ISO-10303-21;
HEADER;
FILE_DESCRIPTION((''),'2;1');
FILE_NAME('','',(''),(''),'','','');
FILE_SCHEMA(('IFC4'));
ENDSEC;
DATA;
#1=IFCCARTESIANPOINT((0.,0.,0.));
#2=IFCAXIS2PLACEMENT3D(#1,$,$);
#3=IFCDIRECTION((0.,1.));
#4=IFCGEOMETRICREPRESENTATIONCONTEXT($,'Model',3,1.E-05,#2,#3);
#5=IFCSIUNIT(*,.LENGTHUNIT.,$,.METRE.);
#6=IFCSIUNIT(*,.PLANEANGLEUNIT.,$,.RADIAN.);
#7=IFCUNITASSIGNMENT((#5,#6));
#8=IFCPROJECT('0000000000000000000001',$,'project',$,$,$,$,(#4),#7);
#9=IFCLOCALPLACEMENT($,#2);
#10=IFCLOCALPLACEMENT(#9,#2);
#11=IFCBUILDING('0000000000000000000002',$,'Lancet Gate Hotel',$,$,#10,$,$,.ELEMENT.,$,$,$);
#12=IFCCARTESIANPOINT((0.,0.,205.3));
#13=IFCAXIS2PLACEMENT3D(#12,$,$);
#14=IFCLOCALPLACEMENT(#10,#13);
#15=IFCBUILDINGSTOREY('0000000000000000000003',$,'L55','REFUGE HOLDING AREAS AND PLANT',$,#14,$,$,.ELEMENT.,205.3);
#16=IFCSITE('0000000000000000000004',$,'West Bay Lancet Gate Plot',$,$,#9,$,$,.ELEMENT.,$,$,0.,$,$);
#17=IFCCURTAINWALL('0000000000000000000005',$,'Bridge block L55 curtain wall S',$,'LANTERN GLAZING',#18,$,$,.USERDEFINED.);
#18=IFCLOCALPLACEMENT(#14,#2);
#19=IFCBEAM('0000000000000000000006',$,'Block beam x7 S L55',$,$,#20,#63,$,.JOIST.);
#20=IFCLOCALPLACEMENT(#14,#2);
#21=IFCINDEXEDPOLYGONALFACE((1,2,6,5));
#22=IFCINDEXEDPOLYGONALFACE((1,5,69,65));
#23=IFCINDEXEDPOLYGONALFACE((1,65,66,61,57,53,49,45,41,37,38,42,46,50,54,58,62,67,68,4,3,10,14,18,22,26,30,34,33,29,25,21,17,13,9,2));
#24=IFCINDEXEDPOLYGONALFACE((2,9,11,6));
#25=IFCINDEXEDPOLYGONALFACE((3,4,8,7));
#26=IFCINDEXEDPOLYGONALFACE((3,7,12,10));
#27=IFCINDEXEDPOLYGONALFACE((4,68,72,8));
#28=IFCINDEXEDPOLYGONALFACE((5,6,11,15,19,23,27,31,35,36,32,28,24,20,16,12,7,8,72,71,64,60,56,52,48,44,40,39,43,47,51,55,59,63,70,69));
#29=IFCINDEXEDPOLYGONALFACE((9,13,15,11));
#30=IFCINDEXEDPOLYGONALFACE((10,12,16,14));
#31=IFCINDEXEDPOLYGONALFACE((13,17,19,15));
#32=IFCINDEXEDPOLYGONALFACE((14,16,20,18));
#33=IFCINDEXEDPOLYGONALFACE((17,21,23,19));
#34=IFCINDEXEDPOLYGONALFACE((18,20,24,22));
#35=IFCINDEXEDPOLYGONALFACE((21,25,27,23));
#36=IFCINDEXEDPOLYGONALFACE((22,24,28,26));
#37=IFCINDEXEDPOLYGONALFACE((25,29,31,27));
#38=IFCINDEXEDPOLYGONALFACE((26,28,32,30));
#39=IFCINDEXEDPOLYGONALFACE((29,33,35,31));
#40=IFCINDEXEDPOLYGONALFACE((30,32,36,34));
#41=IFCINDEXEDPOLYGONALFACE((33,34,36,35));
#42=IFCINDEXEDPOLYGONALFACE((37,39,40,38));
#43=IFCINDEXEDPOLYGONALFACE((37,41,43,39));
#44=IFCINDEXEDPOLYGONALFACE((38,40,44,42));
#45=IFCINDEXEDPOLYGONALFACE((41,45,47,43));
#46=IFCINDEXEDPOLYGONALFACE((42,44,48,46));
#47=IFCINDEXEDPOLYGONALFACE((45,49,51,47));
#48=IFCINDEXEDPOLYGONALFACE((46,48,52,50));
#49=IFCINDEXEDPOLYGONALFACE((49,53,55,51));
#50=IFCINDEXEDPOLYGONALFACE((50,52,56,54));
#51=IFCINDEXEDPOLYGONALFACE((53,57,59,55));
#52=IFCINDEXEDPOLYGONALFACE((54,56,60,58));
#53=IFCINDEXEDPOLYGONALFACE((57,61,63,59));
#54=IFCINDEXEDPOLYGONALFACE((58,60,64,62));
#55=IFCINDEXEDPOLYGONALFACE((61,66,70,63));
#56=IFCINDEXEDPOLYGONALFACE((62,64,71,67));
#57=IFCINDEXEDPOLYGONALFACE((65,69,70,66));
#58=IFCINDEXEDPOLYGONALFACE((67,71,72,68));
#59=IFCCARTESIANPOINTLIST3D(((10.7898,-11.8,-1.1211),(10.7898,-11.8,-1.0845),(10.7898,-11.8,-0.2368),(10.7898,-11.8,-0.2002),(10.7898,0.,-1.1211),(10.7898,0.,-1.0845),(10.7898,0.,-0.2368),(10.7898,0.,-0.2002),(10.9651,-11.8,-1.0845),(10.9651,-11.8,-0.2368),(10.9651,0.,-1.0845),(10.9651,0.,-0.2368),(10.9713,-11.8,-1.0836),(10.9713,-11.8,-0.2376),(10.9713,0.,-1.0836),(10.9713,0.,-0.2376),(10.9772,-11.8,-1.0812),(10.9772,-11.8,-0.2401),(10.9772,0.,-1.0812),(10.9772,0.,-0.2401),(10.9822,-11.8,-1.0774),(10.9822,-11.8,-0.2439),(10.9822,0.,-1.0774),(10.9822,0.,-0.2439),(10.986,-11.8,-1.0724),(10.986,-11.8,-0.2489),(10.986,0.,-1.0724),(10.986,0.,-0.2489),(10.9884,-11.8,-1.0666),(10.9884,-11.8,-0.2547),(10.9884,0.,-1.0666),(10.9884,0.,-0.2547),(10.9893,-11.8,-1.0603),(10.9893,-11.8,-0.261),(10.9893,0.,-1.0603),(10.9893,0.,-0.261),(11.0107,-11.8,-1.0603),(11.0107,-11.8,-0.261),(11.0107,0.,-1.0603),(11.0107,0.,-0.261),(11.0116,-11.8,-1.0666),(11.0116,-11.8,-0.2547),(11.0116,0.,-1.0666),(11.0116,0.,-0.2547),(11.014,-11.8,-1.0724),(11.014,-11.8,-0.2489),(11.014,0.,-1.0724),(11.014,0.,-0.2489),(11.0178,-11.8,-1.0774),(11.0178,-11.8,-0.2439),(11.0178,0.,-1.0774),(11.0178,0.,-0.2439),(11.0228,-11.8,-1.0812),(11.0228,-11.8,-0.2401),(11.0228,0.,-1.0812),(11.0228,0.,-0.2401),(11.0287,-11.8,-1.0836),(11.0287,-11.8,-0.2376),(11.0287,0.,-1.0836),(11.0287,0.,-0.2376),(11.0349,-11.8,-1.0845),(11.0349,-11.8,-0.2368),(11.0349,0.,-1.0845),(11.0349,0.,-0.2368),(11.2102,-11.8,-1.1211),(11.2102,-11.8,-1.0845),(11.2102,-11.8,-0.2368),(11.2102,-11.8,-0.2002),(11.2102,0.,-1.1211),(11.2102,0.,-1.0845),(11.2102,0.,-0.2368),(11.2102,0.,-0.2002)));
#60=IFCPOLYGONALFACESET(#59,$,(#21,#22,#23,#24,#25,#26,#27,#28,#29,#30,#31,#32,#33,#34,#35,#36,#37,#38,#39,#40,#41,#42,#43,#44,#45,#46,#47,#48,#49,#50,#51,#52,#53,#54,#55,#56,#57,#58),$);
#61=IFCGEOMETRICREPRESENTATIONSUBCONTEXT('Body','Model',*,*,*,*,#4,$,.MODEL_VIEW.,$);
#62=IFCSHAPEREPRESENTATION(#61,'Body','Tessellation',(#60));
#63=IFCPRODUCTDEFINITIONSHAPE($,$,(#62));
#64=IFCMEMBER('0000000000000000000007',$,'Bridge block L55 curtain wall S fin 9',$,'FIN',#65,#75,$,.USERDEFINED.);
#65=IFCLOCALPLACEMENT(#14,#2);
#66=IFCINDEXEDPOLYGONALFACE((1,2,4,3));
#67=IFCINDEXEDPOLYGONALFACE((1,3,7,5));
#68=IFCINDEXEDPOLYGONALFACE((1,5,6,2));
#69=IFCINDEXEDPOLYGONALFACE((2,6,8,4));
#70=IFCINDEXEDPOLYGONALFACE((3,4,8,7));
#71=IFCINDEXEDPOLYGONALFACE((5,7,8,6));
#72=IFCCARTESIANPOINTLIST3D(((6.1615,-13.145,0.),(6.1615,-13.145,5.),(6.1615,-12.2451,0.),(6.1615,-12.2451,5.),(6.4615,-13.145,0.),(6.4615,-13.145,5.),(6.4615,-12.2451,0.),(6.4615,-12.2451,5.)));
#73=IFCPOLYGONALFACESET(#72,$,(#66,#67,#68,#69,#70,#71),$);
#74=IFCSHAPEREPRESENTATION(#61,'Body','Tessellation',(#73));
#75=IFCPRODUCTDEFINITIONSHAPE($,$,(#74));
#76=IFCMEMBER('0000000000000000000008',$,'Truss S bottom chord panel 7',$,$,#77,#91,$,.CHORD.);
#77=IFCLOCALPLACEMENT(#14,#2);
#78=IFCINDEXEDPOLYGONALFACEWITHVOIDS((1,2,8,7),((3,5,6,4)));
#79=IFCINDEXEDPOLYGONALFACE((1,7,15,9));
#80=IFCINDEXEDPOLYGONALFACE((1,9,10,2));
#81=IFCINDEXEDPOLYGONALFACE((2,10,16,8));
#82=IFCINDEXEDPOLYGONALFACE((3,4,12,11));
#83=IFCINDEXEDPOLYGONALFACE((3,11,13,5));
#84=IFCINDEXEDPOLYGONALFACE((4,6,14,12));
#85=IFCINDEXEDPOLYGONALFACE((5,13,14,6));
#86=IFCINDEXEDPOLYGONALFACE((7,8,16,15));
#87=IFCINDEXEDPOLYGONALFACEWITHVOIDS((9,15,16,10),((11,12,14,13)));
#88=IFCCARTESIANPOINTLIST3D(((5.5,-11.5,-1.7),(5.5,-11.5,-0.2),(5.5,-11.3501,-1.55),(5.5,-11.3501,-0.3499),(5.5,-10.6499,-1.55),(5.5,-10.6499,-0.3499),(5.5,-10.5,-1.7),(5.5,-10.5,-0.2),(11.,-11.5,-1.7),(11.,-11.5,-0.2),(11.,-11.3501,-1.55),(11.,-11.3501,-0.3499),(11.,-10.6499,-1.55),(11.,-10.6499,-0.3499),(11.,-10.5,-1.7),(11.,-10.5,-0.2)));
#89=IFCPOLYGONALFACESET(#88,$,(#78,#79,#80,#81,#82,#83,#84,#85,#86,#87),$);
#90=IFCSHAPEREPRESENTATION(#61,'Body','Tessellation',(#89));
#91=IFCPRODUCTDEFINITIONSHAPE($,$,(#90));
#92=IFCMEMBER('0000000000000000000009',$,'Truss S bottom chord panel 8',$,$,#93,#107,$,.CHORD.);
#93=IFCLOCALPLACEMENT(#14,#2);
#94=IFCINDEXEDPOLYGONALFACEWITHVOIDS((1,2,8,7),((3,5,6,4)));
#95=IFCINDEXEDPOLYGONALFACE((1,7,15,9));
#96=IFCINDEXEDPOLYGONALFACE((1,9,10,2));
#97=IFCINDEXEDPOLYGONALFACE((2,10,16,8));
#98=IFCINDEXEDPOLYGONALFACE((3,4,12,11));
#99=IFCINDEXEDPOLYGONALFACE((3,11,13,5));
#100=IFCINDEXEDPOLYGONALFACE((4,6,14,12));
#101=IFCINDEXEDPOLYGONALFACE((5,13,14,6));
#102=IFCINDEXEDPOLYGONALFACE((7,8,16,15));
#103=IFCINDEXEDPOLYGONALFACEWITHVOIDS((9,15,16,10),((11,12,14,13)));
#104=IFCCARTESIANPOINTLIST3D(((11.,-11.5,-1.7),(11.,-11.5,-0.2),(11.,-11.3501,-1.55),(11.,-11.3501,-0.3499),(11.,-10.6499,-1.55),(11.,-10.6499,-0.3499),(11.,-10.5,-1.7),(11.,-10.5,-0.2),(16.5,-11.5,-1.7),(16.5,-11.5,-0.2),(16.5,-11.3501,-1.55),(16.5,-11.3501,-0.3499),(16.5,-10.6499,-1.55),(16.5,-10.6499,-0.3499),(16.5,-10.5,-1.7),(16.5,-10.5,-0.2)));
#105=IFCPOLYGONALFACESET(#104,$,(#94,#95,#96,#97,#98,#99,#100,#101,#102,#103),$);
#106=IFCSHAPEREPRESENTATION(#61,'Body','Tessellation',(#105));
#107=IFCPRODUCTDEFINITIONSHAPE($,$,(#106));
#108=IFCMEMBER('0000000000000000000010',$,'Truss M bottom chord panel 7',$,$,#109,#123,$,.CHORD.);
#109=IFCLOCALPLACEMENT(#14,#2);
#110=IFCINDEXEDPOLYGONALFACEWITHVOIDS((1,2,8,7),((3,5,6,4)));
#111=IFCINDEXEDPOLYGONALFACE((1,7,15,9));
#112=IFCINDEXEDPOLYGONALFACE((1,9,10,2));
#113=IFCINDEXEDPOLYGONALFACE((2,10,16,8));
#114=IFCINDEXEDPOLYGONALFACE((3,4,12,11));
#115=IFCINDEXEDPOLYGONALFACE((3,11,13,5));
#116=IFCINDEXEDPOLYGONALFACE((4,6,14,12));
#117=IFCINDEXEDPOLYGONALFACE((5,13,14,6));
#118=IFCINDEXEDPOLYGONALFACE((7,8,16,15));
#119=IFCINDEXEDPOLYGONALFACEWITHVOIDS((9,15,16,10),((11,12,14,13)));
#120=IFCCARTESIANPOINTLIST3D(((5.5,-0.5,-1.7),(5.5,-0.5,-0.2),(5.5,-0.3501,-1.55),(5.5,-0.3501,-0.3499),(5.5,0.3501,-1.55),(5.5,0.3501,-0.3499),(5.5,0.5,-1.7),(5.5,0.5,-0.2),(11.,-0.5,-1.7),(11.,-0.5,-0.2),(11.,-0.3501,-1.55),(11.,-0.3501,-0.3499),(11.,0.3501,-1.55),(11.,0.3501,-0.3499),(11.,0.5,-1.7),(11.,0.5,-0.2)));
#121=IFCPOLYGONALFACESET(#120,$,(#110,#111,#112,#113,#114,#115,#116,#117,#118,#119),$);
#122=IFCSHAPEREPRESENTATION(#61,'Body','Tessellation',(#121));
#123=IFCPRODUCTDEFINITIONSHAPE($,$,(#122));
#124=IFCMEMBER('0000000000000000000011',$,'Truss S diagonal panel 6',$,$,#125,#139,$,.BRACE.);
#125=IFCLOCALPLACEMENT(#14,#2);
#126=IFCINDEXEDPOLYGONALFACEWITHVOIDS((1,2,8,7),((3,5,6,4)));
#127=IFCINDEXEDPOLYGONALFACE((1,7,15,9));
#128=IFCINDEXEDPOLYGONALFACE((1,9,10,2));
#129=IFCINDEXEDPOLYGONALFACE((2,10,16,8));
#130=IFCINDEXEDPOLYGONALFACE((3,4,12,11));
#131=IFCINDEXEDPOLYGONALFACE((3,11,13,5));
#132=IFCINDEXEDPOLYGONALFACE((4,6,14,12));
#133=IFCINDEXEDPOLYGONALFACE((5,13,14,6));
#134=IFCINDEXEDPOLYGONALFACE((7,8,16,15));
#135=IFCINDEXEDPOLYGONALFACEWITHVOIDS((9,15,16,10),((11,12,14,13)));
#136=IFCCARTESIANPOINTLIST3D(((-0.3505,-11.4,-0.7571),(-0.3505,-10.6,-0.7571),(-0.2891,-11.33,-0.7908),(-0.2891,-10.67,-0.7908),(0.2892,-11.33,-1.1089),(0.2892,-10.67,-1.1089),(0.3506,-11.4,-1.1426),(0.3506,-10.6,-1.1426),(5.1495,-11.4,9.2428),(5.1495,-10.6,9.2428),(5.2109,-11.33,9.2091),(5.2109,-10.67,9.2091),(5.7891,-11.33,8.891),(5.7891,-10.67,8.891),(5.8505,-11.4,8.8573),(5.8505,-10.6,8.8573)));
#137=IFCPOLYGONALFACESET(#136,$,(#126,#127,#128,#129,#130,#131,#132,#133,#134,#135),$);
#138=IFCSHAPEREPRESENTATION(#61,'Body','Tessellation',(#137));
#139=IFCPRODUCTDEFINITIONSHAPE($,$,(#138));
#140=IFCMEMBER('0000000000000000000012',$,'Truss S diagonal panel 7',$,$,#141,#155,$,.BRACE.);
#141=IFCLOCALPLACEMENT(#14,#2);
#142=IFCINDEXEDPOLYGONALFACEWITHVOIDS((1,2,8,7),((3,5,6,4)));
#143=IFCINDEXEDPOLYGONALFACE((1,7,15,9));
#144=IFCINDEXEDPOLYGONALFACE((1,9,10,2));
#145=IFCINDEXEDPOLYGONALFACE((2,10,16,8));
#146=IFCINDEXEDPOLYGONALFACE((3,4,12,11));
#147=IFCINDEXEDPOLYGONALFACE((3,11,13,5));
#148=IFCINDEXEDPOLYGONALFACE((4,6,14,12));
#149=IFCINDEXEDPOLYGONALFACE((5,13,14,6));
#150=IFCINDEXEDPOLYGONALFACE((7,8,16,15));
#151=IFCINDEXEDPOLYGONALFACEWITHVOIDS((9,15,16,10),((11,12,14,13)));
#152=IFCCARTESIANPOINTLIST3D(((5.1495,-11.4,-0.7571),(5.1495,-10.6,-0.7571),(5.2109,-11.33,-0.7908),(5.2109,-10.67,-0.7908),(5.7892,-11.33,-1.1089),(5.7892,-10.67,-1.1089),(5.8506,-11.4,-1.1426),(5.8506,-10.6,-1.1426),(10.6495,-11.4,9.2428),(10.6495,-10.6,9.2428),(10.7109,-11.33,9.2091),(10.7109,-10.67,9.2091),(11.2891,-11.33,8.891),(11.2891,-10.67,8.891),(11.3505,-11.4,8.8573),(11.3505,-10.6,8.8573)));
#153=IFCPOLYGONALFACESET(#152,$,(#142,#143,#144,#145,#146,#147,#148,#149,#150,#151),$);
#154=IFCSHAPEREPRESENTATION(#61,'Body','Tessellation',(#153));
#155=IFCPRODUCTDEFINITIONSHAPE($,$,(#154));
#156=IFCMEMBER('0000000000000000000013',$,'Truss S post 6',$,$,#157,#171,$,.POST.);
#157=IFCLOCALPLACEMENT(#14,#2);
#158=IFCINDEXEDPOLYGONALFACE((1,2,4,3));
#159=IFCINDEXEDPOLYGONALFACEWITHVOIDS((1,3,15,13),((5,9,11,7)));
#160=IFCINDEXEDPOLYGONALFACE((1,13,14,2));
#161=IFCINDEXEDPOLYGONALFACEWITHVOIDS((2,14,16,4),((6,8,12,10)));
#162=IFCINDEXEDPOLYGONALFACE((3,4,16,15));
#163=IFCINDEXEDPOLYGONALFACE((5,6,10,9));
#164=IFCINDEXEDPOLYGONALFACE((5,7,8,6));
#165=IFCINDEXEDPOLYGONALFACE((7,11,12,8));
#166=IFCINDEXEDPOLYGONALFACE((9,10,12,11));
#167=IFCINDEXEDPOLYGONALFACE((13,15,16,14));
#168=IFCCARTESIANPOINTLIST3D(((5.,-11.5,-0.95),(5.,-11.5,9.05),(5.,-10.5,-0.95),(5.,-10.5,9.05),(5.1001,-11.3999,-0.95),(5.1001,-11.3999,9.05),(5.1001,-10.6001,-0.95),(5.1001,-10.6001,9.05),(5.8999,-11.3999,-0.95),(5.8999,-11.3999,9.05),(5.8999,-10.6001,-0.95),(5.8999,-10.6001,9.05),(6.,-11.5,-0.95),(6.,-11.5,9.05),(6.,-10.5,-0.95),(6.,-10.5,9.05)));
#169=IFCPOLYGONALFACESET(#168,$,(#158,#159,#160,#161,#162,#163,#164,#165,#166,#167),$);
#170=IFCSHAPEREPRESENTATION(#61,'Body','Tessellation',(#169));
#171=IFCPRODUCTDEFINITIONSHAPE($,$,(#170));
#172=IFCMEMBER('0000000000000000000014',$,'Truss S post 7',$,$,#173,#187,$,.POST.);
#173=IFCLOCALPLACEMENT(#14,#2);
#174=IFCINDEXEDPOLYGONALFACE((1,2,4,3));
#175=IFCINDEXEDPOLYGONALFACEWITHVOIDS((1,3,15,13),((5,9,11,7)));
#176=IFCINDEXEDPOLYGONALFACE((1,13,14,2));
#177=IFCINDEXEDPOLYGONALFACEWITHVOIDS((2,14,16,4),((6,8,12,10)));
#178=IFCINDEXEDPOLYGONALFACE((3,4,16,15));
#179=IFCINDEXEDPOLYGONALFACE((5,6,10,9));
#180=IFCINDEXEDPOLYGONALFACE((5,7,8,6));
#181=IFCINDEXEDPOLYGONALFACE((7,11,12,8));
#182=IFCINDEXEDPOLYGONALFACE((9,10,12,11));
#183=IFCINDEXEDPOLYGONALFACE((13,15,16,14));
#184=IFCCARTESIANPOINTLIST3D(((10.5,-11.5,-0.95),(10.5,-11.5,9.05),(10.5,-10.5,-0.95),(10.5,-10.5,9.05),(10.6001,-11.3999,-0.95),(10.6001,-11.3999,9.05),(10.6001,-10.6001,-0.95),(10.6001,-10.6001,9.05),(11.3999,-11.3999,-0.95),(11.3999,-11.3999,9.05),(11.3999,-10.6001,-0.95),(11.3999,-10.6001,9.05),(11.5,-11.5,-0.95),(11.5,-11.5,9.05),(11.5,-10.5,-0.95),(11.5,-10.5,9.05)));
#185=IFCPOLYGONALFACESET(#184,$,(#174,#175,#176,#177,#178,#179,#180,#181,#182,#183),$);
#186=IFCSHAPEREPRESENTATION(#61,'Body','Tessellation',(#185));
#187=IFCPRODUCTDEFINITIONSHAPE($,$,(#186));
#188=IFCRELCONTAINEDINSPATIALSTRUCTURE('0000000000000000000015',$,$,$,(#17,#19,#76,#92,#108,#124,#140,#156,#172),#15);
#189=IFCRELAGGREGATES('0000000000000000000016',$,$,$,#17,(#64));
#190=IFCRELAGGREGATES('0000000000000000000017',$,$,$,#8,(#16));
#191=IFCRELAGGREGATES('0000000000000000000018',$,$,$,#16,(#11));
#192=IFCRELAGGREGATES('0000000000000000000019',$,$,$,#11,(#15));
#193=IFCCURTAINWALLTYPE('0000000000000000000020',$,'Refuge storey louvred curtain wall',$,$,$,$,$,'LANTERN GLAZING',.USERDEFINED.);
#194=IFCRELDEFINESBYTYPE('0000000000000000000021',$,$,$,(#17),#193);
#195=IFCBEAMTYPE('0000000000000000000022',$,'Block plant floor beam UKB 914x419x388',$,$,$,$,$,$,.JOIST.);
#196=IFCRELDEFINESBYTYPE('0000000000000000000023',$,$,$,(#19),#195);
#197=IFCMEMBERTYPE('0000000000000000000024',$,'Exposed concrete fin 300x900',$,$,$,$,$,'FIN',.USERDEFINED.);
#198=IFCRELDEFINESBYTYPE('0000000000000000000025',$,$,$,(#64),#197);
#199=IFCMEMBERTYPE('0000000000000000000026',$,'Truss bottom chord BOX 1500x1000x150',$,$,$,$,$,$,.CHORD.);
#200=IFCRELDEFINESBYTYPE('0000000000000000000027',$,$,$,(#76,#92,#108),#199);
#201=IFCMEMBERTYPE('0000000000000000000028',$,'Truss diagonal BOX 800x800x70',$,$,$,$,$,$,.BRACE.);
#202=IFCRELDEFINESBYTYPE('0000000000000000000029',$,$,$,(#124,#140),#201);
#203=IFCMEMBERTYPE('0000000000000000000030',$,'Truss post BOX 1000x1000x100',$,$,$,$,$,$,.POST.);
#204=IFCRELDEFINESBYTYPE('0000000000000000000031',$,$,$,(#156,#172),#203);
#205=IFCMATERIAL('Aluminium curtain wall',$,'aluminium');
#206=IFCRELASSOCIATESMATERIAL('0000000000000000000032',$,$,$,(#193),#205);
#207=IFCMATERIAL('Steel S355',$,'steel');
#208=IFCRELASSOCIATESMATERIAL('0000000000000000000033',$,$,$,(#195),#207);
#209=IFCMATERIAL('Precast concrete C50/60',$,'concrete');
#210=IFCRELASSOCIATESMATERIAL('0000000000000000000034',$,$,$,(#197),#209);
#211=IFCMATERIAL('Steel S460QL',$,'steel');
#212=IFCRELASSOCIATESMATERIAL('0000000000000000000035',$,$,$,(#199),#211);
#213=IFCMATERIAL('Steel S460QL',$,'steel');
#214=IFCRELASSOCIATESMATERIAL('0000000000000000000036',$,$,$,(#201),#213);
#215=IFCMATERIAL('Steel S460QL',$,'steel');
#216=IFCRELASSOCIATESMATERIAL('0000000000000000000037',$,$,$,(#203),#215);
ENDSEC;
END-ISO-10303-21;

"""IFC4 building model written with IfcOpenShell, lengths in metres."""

from ifc_helpers import new_model, si_unit, direction, frame, origin, origin_2d, place, context, subcontext, project, spatial, rectangle, hollow_rectangle, i_section, extrude, material, material_profile, profile_set, type_object, element, aggregate, save


model = new_model("IFC4")

# Units and contexts
model_context = context("Model", 3, precision=1e-05, world=origin(), true_north=direction((0.0, 1.0)))
body_context = subcontext(model_context, "Body", "Model", "MODEL_VIEW")
ifc_project = project(units=[si_unit("LENGTHUNIT", "METRE"), si_unit("PLANEANGLEUNIT", "RADIAN")], contexts=[model_context])

# Site, building, storey
site_placement = place(None, origin())
site = spatial("IfcSite", under=ifc_project, at=site_placement, Name="West Bay Lancet Gate Plot", CompositionType="ELEMENT", RefElevation=0.0)
building_placement = place(site_placement, origin())
building = spatial("IfcBuilding", under=site, at=building_placement, Name="Lancet Gate Hotel", CompositionType="ELEMENT")
storey_placement = place(building_placement, frame((0.0, 0.0, 205.3)))
storey = spatial("IfcBuildingStorey", under=building, at=storey_placement, Name="L55", Description="REFUGE HOLDING AREAS AND PLANT", CompositionType="ELEMENT", Elevation=205.3)

# Curtain wall
ifc_material_1 = material(Name="Aluminium curtain wall", Category="aluminium")
curtain_wall_type = type_object("IfcCurtainWallType", Name="Refuge storey louvred curtain wall", ElementType="LANTERN GLAZING", PredefinedType="USERDEFINED", material=ifc_material_1)
curtain_wall_placement = place(storey_placement, origin())
curtain_wall = element("IfcCurtainWall", 1, at=curtain_wall_placement, inside=storey, type_object=curtain_wall_type, Name="Bridge block L55 curtain wall S", ObjectType="LANTERN GLAZING", PredefinedType="USERDEFINED")

# Beam
ifc_material_2 = material(Name="Steel S355", Category="steel")
ifc_material_profile_1 = material_profile(ifc_material_2, i_section(OverallWidth=0.4204, OverallDepth=0.9209, WebThickness=0.0215, FlangeThickness=0.0366, FilletRadius=0.0242, at=origin_2d()), Name="UKB 914x419x388")
ifc_profile_set_1 = profile_set([ifc_material_profile_1], Name="Steel S355")
beam_type_1 = type_object("IfcBeamType", Name="Block plant floor beam UKB 914x419x388", PredefinedType="JOIST", material=ifc_profile_set_1)
for number, where, z_axis, x_axis, name in (
    (2, (11.0, -11.8, -0.6606), (0.0, 1.0, 0.0), (-1.0, 0.0, 0.0), "Block beam x7 S L55"),
):
    element("IfcBeam", number, at=place(storey_placement, frame(where, z_axis=z_axis, x_axis=x_axis)), inside=storey, type_object=beam_type_1, Name=name, PredefinedType="JOIST", context=body_context, shape_type="SweptSolid", body=[
        extrude(i_section(OverallWidth=0.4204, OverallDepth=0.9209, WebThickness=0.0215, FlangeThickness=0.0366, FilletRadius=0.0242, at=origin_2d()), origin(), (0.0, 0.0, 1.0), 11.8),
    ])

# Member
ifc_material_3 = material(Name="Precast concrete C50/60", Category="concrete")
ifc_material_profile_2 = material_profile(ifc_material_3, rectangle(XDim=0.3, YDim=0.8999, at=origin_2d()), Name="FIN 300x900")
ifc_profile_set_2 = profile_set([ifc_material_profile_2], Name="Precast concrete C50/60")
member_type_1 = type_object("IfcMemberType", Name="Exposed concrete fin 300x900", ElementType="FIN", PredefinedType="USERDEFINED", material=ifc_profile_set_2)
member_1_placement = place(storey_placement, frame((6.3115, -12.6951, 0.0), z_axis=(0.0, 0.0, 1.0), x_axis=(1.0, 0.0, 0.0)))
member_1 = element("IfcMember", 3, at=member_1_placement, type_object=member_type_1, Name="Bridge block L55 curtain wall S fin 9", ObjectType="FIN", PredefinedType="USERDEFINED", context=body_context, shape_type="SweptSolid", body=[
    extrude(rectangle(XDim=0.3, YDim=0.8999, at=origin_2d()), origin(), (0.0, 0.0, 1.0), 5.0),
])

# Members
ifc_material_4 = material(Name="Steel S460QL", Category="steel")
ifc_material_profile_3 = material_profile(ifc_material_4, hollow_rectangle(XDim=1.0, YDim=1.5, WallThickness=0.1499, at=origin_2d()), Name="BOX 1500x1000x150")
ifc_profile_set_3 = profile_set([ifc_material_profile_3], Name="Steel S460QL")
member_type_2 = type_object("IfcMemberType", Name="Truss bottom chord BOX 1500x1000x150", PredefinedType="CHORD", material=ifc_profile_set_3)
for number, where, z_axis, x_axis, name in (
    (4, (5.5, -11.0, -0.95), (1.0, 0.0, 0.0), (0.0, 1.0, 0.0), "Truss S bottom chord panel 7"),
    (5, (11.0, -11.0, -0.95), (1.0, 0.0, 0.0), (0.0, 1.0, 0.0), "Truss S bottom chord panel 8"),
    (6, (5.5, 0.0, -0.95), (1.0, 0.0, 0.0), (0.0, 1.0, 0.0), "Truss M bottom chord panel 7"),
):
    element("IfcMember", number, at=place(storey_placement, frame(where, z_axis=z_axis, x_axis=x_axis)), inside=storey, type_object=member_type_2, Name=name, PredefinedType="CHORD", context=body_context, shape_type="SweptSolid", body=[
        extrude(hollow_rectangle(XDim=1.0, YDim=1.5, WallThickness=0.1499, at=origin_2d()), origin(), (0.0, 0.0, 1.0), 5.5),
    ])
ifc_material_5 = material(Name="Steel S460QL", Category="steel")
ifc_material_profile_4 = material_profile(ifc_material_5, hollow_rectangle(XDim=0.8, YDim=0.8, WallThickness=0.0701, at=origin_2d()), Name="BOX 800x800x70")
ifc_profile_set_4 = profile_set([ifc_material_profile_4], Name="Steel S460QL")
member_type_3 = type_object("IfcMemberType", Name="Truss diagonal BOX 800x800x70", PredefinedType="BRACE", material=ifc_profile_set_4)
for number, where, z_axis, x_axis, name in (
    (7, (5.5, -11.0, 9.05), (-0.481919, 0.0, -0.876216), (0.0, -1.0, 0.0), "Truss S diagonal panel 6"),
    (8, (11.0, -11.0, 9.05), (-0.481919, 0.0, -0.876216), (0.0, -1.0, 0.0), "Truss S diagonal panel 7"),
):
    element("IfcMember", number, at=place(storey_placement, frame(where, z_axis=z_axis, x_axis=x_axis)), inside=storey, type_object=member_type_3, Name=name, PredefinedType="BRACE", context=body_context, shape_type="SweptSolid", body=[
        extrude(hollow_rectangle(XDim=0.8, YDim=0.8, WallThickness=0.0701, at=origin_2d()), origin(), (0.0, 0.0, 1.0), 11.4126),
    ])
ifc_material_6 = material(Name="Steel S460QL", Category="steel")
ifc_material_profile_5 = material_profile(ifc_material_6, hollow_rectangle(XDim=1.0, YDim=1.0, WallThickness=0.1001, at=origin_2d()), Name="BOX 1000x1000x100")
ifc_profile_set_5 = profile_set([ifc_material_profile_5], Name="Steel S460QL")
member_type_4 = type_object("IfcMemberType", Name="Truss post BOX 1000x1000x100", PredefinedType="POST", material=ifc_profile_set_5)
for number, where, z_axis, x_axis, name in (
    (9, (5.5, -11.0, -0.95), (0.0, 0.0, 1.0), (1.0, 0.0, 0.0), "Truss S post 6"),
    (10, (11.0, -11.0, -0.95), (0.0, 0.0, 1.0), (1.0, 0.0, 0.0), "Truss S post 7"),
):
    element("IfcMember", number, at=place(storey_placement, frame(where, z_axis=z_axis, x_axis=x_axis)), inside=storey, type_object=member_type_4, Name=name, PredefinedType="POST", context=body_context, shape_type="SweptSolid", body=[
        extrude(hollow_rectangle(XDim=1.0, YDim=1.0, WallThickness=0.1001, at=origin_2d()), origin(), (0.0, 0.0, 1.0), 10.0),
    ])

aggregate(curtain_wall, [member_1])

save(model, "model.ifc")
